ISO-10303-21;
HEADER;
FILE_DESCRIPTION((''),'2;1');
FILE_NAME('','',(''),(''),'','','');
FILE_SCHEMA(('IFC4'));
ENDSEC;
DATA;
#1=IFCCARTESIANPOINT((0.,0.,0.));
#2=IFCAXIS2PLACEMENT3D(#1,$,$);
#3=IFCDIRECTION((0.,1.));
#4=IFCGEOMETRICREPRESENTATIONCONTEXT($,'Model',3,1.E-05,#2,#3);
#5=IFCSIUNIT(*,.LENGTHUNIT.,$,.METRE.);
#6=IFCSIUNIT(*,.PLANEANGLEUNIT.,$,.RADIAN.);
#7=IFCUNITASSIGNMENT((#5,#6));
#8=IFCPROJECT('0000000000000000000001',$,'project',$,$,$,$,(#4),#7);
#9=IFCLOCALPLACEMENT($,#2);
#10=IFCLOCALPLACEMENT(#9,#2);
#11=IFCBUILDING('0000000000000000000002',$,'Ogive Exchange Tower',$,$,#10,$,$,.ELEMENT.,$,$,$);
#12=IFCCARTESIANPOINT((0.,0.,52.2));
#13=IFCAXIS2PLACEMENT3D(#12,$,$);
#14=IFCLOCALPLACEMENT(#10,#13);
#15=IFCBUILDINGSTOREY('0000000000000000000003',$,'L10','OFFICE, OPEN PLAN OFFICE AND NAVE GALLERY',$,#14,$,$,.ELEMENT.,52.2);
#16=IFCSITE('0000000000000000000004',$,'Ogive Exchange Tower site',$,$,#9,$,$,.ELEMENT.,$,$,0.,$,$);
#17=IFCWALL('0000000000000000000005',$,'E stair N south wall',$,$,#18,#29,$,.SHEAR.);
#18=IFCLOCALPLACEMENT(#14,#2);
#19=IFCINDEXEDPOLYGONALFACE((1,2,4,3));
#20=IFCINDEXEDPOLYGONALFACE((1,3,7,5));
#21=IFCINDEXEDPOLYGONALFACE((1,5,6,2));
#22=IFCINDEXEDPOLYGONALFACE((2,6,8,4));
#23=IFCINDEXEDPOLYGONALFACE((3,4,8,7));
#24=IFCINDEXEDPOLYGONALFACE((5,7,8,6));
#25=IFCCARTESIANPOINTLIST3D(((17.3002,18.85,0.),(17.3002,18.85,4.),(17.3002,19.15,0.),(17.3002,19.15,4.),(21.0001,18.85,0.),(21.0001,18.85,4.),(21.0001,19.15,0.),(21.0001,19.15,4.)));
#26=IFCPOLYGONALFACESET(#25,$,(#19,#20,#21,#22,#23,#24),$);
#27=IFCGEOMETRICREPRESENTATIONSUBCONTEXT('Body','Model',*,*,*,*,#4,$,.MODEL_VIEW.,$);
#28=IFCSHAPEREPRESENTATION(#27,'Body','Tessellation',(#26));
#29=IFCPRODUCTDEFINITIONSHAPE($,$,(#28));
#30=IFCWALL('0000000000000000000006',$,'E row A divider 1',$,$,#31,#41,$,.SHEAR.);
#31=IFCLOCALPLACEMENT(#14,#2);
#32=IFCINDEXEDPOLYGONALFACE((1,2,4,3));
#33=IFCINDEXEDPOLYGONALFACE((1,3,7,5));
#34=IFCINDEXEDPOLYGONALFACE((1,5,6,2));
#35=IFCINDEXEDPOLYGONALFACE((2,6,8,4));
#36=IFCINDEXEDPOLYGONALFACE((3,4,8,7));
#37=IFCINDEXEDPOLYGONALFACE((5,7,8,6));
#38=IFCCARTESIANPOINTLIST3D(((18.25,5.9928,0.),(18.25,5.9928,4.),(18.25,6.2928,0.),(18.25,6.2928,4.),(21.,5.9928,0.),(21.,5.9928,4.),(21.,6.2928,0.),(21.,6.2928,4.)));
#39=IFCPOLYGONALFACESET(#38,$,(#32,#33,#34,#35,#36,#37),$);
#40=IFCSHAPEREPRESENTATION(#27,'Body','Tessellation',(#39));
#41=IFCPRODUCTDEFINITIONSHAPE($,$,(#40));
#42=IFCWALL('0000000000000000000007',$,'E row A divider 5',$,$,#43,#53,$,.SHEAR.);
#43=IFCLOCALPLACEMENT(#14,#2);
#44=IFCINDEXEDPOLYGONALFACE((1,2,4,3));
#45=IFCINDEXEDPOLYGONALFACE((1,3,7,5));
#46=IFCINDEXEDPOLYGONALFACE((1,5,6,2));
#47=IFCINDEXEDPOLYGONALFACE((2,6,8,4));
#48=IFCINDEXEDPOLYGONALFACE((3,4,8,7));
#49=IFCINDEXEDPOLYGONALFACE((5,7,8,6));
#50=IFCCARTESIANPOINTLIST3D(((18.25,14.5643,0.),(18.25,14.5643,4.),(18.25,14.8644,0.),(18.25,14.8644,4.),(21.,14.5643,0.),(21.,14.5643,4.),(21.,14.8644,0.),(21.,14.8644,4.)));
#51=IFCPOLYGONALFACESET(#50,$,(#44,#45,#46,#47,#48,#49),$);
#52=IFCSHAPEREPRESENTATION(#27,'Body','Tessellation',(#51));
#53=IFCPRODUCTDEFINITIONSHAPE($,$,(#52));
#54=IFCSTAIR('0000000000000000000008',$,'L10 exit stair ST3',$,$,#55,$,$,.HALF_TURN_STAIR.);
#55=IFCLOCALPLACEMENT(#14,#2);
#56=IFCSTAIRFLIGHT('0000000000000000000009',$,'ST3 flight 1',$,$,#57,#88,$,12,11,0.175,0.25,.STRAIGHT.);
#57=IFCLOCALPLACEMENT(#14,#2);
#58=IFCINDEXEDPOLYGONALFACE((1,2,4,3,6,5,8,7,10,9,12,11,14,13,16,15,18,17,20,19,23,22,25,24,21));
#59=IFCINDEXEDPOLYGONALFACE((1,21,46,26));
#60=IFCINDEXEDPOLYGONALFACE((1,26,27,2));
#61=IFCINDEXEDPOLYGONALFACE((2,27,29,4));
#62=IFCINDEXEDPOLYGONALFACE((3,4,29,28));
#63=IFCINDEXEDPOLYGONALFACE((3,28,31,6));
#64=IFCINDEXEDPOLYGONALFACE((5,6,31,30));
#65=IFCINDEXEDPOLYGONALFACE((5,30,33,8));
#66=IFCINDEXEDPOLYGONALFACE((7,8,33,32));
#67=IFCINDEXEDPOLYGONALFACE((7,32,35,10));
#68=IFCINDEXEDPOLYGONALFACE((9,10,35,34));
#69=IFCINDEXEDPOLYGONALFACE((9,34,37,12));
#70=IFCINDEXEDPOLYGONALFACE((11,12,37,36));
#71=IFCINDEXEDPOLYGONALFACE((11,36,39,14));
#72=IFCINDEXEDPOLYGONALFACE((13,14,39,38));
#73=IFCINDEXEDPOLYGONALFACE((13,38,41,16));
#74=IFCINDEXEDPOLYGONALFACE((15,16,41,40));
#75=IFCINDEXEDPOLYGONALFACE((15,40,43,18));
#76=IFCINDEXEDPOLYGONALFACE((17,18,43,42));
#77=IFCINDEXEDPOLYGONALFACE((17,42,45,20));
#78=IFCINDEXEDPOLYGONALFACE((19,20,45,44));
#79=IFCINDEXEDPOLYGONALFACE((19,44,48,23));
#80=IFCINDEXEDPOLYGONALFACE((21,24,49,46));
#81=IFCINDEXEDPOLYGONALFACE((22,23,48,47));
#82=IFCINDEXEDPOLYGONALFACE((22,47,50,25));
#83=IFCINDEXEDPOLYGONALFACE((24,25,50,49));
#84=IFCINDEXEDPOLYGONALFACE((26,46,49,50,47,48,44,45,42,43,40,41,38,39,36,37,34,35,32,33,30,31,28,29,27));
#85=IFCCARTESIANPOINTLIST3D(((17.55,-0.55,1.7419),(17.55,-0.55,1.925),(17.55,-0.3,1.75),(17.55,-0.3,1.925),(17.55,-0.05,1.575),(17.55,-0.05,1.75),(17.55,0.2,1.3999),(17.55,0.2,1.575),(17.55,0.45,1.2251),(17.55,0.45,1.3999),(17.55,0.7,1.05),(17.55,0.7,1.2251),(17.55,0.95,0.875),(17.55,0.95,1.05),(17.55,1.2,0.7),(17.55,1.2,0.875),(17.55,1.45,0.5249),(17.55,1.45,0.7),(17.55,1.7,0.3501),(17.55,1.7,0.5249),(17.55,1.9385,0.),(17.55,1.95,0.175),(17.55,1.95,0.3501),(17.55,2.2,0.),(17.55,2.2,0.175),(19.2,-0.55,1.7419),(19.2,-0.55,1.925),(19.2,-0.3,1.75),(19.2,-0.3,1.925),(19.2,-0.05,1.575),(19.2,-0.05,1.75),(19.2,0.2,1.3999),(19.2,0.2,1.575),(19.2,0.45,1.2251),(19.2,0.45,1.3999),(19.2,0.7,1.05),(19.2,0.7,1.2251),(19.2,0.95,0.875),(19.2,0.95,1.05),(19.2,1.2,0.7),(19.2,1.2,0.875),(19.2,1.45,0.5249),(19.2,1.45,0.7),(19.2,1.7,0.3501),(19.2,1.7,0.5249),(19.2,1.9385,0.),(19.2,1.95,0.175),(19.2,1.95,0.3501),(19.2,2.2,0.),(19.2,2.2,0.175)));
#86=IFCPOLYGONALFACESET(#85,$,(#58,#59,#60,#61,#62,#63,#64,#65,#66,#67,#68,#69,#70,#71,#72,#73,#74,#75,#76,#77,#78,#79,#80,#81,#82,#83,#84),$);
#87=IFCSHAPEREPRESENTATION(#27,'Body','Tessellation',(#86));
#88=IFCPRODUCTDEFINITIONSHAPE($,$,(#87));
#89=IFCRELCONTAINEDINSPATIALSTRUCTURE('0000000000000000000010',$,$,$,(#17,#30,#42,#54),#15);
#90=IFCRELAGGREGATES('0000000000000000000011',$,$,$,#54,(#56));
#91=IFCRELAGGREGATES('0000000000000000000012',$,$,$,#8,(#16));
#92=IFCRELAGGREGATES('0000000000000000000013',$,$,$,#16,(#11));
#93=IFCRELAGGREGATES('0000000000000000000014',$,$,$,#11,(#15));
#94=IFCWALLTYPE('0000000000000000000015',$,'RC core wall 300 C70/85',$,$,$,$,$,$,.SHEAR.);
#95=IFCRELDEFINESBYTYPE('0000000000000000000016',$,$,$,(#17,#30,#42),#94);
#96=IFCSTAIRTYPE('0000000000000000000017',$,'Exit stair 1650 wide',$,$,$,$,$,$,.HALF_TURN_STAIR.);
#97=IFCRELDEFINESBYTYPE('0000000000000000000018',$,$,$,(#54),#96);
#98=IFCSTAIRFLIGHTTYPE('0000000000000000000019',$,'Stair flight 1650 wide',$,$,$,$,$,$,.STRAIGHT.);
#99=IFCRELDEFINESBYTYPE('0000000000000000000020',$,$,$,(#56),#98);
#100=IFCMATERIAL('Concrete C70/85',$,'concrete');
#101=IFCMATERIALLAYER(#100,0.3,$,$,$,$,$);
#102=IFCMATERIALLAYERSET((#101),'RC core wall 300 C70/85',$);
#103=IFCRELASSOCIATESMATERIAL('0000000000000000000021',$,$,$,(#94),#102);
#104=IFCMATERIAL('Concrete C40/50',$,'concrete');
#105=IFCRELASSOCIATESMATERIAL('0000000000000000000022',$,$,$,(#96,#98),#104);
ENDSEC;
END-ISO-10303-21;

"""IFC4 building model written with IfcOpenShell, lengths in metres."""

from ifc_helpers import new_model, si_unit, direction, frame, frame_2d, origin, place, context, subcontext, project, spatial, polyline, rectangle, outline, extrude, material, layer, layer_set, type_object, element, aggregate, save


model = new_model("IFC4")

# Units and contexts
model_context = context("Model", 3, precision=1e-05, world=origin(), true_north=direction((0.0, 1.0)))
body_context = subcontext(model_context, "Body", "Model", "MODEL_VIEW")
ifc_project = project(units=[si_unit("LENGTHUNIT", "METRE"), si_unit("PLANEANGLEUNIT", "RADIAN")], contexts=[model_context])

# Site, building, storey
site_placement = place(None, origin())
site = spatial("IfcSite", under=ifc_project, at=site_placement, Name="Ogive Exchange Tower site", CompositionType="ELEMENT", RefElevation=0.0)
building_placement = place(site_placement, origin())
building = spatial("IfcBuilding", under=site, at=building_placement, Name="Ogive Exchange Tower", CompositionType="ELEMENT")
storey_placement = place(building_placement, frame((0.0, 0.0, 52.2)))
storey = spatial("IfcBuildingStorey", under=building, at=storey_placement, Name="L10", Description="OFFICE, OPEN PLAN OFFICE AND NAVE GALLERY", CompositionType="ELEMENT", Elevation=52.2)

# Shared definitions
ifc_material_1 = material(Name="Concrete C70/85", Category="concrete")

# Walls
ifc_layer_1 = layer(ifc_material_1, 0.3)
ifc_layer_set_1 = layer_set([ifc_layer_1], Name="RC core wall 300 C70/85")
wall_type_1 = type_object("IfcWallType", Name="RC core wall 300 C70/85", PredefinedType="SHEAR", material=ifc_layer_set_1)
wall_1_placement = place(storey_placement, frame((17.3, 19.0, 0.0), z_axis=(0.0, 0.0, 1.0), x_axis=(1.0, 0.0, 0.0)))
element("IfcWall", 1, at=wall_1_placement, inside=storey, type_object=wall_type_1, Name="E stair N south wall", PredefinedType="SHEAR", context=body_context, shape_type="SweptSolid", body=[
    extrude(rectangle(XDim=3.7, YDim=0.3, at=frame_2d((1.8501, 0.0))), origin(), (0.0, 0.0, 1.0), 4.0),
])
for number, where, z_axis, x_axis, name in (
    (2, (18.25, 6.1428, 0.0), (0.0, 0.0, 1.0), (1.0, 0.0, 0.0), "E row A divider 1"),
    (3, (18.25, 14.7144, 0.0), (0.0, 0.0, 1.0), (1.0, 0.0, 0.0), "E row A divider 5"),
):
    element("IfcWall", number, at=place(storey_placement, frame(where, z_axis=z_axis, x_axis=x_axis)), inside=storey, type_object=wall_type_1, Name=name, PredefinedType="SHEAR", context=body_context, shape_type="SweptSolid", body=[
        extrude(rectangle(XDim=2.75, YDim=0.3, at=frame_2d((1.375, 0.0))), origin(), (0.0, 0.0, 1.0), 4.0),
    ])

# Stair, stair flight
ifc_material_2 = material(Name="Concrete C40/50", Category="concrete")
stair_type = type_object("IfcStairType", Name="Exit stair 1650 wide", PredefinedType="HALF_TURN_STAIR", material=ifc_material_2)
stair_placement = place(storey_placement, origin())
stair = element("IfcStair", 4, at=stair_placement, inside=storey, type_object=stair_type, Name="L10 exit stair ST3", PredefinedType="HALF_TURN_STAIR")
stair_flight_type = type_object("IfcStairFlightType", Name="Stair flight 1650 wide", PredefinedType="STRAIGHT", material=ifc_material_2)
stair_flight_placement = place(storey_placement, frame((18.375, 2.2, 0.0), z_axis=(0.0, 0.0, 1.0), x_axis=(0.0, -1.0, 0.0)))
stair_flight = element("IfcStairFlight", 5, at=stair_flight_placement, type_object=stair_flight_type, Name="ST3 flight 1", NumberOfRisers=12, NumberOfTreads=11, PredefinedType="STRAIGHT", RiserHeight=0.175, TreadLength=0.25, context=body_context, shape_type="SweptSolid", body=[
    extrude(outline(polyline([(0.0, 0.0), (0.0, 0.175), (0.25, 0.175), (0.25, 0.3501), (0.5, 0.3501), (0.5, 0.5249), (0.75, 0.5249), (0.75, 0.7), (1.0, 0.7), (1.0, 0.875), (1.25, 0.875), (1.25, 1.05), (1.5, 1.05), (1.5, 1.2251), (1.75, 1.2251), (1.75, 1.3999), (2.0, 1.3999), (2.0, 1.575), (2.25, 1.575), (2.25, 1.75), (2.5, 1.75), (2.5, 1.925), (2.75, 1.925), (2.75, 2.1001), (2.75, 1.7419), (0.2615, 0.0), (0.0, 0.0)])), frame((0.0, 0.825, 0.0), z_axis=(0.0, -1.0, 0.0), x_axis=(1.0, 0.0, 0.0)), (0.0, 0.0, 1.0), 1.6499),
])
aggregate(stair, [stair_flight])

save(model, "model.ifc")
